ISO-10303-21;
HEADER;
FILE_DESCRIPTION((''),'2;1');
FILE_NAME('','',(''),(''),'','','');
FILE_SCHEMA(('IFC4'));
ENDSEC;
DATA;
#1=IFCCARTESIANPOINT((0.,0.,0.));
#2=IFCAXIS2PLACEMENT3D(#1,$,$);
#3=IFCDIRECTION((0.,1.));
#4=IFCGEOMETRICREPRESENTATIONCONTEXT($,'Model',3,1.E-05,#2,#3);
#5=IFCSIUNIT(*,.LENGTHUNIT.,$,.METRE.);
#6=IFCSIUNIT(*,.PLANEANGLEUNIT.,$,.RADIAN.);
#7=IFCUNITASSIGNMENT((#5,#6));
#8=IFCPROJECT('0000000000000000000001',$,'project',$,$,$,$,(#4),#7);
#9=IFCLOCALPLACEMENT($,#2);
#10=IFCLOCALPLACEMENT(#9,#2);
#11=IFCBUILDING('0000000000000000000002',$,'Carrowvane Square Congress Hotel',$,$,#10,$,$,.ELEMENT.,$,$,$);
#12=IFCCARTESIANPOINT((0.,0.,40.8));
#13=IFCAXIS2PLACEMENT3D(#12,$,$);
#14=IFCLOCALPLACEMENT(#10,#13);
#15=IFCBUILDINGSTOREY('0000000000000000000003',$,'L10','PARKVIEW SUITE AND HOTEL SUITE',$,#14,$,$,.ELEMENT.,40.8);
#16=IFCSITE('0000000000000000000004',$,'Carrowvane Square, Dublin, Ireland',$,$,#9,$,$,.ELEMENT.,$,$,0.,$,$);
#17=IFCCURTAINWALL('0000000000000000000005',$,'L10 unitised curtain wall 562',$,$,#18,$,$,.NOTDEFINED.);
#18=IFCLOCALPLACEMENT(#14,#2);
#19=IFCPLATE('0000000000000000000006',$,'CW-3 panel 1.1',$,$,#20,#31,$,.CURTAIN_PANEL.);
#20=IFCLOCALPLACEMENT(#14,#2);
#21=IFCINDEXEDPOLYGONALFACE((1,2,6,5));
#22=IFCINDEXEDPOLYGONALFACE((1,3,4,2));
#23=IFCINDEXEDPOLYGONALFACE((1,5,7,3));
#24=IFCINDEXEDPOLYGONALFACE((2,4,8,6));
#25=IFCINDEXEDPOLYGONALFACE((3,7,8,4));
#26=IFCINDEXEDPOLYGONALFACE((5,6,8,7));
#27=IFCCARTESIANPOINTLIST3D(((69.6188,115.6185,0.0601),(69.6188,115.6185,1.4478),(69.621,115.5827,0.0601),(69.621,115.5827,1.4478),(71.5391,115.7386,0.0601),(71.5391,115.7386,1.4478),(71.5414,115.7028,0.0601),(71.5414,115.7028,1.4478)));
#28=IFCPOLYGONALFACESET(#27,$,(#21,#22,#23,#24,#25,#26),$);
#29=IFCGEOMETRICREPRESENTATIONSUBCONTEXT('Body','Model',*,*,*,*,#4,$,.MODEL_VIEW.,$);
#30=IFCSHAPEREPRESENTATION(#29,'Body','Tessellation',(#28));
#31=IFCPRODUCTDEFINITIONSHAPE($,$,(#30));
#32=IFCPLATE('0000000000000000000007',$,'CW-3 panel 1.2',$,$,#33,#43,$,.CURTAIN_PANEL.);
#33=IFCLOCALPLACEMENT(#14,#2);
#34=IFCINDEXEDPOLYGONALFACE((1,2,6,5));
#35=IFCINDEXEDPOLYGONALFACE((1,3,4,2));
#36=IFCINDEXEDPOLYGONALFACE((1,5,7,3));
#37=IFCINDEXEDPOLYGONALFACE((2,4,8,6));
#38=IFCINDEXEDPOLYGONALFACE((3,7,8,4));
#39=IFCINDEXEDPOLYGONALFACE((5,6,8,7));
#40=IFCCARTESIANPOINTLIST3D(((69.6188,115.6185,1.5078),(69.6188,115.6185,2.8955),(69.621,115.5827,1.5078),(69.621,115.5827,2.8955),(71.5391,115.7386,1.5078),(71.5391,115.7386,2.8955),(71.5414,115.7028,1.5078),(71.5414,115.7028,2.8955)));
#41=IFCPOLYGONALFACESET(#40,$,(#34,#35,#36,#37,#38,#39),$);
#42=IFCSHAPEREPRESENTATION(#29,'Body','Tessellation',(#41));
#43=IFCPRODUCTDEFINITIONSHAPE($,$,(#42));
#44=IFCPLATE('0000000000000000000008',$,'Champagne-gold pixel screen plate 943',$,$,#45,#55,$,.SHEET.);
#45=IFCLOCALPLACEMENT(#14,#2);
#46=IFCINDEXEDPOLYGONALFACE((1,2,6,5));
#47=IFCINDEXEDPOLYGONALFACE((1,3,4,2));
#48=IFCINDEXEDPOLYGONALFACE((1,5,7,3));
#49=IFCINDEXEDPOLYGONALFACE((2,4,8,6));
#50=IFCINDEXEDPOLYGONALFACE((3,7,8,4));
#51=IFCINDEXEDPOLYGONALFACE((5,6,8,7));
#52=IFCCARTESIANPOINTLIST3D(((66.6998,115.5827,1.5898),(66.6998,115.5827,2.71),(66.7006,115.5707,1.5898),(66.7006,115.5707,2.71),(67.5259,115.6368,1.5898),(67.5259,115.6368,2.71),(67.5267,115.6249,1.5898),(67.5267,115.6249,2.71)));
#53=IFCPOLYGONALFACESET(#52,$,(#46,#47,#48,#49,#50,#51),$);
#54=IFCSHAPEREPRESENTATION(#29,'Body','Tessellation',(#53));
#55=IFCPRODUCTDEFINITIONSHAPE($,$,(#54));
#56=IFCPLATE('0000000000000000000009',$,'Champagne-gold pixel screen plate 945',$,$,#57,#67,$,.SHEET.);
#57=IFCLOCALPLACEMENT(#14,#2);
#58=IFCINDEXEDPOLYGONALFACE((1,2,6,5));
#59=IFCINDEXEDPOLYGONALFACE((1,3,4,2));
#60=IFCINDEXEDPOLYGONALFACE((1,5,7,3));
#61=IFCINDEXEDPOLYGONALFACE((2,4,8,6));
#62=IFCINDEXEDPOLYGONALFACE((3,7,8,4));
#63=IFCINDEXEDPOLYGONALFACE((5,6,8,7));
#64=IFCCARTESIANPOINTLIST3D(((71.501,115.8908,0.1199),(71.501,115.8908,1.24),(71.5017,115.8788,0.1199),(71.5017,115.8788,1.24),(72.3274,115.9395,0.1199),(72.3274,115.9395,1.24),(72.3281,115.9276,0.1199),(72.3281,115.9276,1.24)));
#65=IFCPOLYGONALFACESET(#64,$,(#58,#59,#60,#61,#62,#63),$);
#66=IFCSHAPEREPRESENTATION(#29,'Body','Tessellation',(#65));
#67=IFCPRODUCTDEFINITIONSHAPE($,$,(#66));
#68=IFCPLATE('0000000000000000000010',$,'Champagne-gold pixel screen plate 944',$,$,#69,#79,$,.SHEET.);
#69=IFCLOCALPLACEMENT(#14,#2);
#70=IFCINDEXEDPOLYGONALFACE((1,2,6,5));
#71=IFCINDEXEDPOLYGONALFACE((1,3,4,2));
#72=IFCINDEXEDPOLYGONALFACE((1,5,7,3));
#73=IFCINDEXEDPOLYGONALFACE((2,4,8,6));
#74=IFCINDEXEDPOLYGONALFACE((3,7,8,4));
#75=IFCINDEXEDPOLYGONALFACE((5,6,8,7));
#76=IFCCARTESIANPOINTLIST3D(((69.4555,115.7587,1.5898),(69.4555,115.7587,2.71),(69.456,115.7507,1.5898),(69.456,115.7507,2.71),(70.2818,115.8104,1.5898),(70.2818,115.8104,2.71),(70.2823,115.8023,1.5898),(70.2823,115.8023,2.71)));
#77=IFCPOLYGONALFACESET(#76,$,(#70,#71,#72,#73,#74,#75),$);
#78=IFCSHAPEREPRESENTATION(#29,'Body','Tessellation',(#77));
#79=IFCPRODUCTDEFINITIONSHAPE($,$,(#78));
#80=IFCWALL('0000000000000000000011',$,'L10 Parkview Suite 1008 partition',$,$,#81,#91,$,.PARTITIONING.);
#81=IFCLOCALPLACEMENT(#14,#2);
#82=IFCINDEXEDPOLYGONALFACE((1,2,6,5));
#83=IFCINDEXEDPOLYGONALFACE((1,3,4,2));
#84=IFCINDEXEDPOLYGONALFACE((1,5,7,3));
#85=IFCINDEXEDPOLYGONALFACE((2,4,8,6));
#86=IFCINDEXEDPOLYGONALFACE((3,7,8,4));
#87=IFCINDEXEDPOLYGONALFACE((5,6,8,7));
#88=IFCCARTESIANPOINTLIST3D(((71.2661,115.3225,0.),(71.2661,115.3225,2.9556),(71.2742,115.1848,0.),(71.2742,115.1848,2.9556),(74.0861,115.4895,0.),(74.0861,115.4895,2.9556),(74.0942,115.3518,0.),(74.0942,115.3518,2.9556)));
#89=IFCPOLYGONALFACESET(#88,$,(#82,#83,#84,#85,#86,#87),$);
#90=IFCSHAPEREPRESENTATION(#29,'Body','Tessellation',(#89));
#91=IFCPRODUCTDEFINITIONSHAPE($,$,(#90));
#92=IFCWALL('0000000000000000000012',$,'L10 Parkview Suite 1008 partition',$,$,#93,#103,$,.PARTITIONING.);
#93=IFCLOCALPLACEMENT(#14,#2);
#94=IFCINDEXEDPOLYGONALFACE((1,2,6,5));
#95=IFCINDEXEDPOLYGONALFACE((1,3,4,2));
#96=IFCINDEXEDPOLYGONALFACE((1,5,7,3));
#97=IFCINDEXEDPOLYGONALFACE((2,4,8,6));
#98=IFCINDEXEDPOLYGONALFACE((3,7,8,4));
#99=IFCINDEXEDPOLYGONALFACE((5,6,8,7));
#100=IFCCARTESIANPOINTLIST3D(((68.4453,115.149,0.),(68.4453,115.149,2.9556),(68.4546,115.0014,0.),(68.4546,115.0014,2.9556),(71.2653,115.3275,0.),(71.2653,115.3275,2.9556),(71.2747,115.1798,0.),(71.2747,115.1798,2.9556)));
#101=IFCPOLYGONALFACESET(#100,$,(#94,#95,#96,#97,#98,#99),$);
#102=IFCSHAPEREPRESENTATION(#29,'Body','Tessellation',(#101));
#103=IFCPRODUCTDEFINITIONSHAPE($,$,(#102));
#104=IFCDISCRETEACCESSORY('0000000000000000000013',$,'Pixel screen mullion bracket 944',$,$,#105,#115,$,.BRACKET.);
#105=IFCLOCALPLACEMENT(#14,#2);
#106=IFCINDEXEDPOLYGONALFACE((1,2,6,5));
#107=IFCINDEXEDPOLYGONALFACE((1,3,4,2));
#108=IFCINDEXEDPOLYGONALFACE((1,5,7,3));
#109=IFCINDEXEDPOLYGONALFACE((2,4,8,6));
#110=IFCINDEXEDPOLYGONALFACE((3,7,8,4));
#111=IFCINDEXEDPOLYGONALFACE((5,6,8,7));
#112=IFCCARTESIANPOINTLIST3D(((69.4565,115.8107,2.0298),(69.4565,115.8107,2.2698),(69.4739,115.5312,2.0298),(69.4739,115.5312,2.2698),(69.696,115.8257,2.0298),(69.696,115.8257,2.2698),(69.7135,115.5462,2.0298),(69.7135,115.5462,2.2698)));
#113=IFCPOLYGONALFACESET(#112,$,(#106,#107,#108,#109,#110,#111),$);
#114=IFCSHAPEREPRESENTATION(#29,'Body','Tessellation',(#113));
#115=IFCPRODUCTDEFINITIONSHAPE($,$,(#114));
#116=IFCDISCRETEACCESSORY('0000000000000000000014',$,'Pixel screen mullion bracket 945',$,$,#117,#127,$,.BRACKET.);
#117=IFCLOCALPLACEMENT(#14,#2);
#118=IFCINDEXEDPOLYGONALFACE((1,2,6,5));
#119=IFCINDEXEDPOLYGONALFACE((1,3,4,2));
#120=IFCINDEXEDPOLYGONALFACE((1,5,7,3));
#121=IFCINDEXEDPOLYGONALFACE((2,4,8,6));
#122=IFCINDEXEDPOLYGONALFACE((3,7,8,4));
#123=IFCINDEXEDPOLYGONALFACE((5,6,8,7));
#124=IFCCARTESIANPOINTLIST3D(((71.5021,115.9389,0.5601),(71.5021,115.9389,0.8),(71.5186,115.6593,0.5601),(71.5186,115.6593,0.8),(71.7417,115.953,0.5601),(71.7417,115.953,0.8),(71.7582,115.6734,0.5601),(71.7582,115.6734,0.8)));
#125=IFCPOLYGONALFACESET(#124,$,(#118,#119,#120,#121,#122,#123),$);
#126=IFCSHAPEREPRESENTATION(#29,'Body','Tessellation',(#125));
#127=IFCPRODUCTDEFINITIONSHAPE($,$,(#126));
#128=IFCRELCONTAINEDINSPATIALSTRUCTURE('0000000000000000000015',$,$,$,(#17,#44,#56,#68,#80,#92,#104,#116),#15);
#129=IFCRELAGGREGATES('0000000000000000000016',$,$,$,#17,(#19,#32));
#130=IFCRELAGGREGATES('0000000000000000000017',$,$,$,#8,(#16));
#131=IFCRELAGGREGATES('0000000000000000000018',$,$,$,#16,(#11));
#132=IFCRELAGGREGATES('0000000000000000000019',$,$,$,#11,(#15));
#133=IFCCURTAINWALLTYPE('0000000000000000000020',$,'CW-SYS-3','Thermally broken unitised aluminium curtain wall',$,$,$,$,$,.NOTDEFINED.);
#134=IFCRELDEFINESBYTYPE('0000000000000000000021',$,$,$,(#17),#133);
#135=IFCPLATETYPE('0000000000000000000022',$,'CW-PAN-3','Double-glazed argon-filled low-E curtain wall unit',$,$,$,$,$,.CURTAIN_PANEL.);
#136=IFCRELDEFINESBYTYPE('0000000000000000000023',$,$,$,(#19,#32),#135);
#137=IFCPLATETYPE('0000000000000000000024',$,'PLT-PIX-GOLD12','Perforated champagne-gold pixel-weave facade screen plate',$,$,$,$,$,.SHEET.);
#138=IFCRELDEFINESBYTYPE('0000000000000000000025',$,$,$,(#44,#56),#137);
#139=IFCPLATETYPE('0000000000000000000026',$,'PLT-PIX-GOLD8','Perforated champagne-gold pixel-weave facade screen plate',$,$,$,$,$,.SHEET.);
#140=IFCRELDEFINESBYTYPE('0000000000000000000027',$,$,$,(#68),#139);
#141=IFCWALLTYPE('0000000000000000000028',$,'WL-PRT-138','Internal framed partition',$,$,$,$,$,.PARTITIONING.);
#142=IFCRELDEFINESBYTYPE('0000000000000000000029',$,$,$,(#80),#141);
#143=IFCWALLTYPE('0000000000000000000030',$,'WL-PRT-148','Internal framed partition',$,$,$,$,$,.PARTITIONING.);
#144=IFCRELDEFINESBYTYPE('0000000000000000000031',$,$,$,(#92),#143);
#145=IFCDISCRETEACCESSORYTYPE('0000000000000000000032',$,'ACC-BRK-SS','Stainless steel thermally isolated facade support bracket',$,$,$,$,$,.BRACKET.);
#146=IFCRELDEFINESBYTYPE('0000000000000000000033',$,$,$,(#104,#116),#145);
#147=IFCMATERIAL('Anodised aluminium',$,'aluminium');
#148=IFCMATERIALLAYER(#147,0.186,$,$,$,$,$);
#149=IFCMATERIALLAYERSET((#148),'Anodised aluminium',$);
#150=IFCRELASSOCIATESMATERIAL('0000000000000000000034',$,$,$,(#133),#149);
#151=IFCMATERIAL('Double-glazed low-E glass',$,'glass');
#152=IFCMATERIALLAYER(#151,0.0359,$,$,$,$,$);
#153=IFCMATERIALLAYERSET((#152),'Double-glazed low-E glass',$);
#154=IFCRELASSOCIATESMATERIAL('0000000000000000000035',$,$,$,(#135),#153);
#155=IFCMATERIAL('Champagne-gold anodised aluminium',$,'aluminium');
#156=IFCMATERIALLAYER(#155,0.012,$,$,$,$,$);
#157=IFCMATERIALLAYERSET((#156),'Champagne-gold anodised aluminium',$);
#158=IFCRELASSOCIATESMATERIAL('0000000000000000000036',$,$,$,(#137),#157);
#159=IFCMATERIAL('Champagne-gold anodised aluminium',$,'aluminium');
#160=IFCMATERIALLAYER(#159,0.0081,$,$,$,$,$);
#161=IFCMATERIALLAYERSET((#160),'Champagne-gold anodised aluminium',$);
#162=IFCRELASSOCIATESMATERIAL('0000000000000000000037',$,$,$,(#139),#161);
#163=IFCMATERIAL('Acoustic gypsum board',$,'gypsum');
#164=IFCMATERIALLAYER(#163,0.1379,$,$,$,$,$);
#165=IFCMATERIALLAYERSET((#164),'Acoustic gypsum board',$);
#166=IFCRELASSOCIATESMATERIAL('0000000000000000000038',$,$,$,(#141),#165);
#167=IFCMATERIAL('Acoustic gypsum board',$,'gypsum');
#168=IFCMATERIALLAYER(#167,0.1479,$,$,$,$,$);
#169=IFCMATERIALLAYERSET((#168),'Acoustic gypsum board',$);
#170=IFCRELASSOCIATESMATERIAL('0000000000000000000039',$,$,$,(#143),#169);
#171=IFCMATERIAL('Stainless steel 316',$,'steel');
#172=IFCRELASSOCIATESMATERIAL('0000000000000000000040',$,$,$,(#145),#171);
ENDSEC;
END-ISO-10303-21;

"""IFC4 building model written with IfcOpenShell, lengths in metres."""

from ifc_helpers import new_model, si_unit, direction, frame, frame_2d, origin, origin_2d, place, context, subcontext, project, spatial, rectangle, extrude, material, layer, layer_set, type_object, element, aggregate, save


model = new_model("IFC4")

# Units and contexts
model_context = context("Model", 3, precision=1e-05, world=origin(), true_north=direction((0.0, 1.0)))
body_context = subcontext(model_context, "Body", "Model", "MODEL_VIEW")
ifc_project = project(units=[si_unit("LENGTHUNIT", "METRE"), si_unit("PLANEANGLEUNIT", "RADIAN")], contexts=[model_context])

# Site, building, storey
site_placement = place(None, origin())
site = spatial("IfcSite", under=ifc_project, at=site_placement, Name="Carrowvane Square, Dublin, Ireland", CompositionType="ELEMENT", RefElevation=0.0)
building_placement = place(site_placement, origin())
building = spatial("IfcBuilding", under=site, at=building_placement, Name="Carrowvane Square Congress Hotel", CompositionType="ELEMENT")
storey_placement = place(building_placement, frame((0.0, 0.0, 40.8)))
storey = spatial("IfcBuildingStorey", under=building, at=storey_placement, Name="L10", Description="PARKVIEW SUITE AND HOTEL SUITE", CompositionType="ELEMENT", Elevation=40.8)

# Curtain wall
ifc_material_1 = material(Name="Anodised aluminium", Category="aluminium")
ifc_layer_1 = layer(ifc_material_1, 0.186)
ifc_layer_set_1 = layer_set([ifc_layer_1], Name="Anodised aluminium")
curtain_wall_type_1 = type_object("IfcCurtainWallType", Name="CW-SYS-3", Description="Thermally broken unitised aluminium curtain wall", PredefinedType="NOTDEFINED", material=ifc_layer_set_1)
curtain_wall_1_placement = place(storey_placement, origin())
curtain_wall_1 = element("IfcCurtainWall", 1, at=curtain_wall_1_placement, inside=storey, type_object=curtain_wall_type_1, Name="L10 unitised curtain wall 562", PredefinedType="NOTDEFINED")

# Plates
ifc_material_2 = material(Name="Double-glazed low-E glass", Category="glass")
ifc_layer_2 = layer(ifc_material_2, 0.0359)
ifc_layer_set_2 = layer_set([ifc_layer_2], Name="Double-glazed low-E glass")
plate_type_1 = type_object("IfcPlateType", Name="CW-PAN-3", Description="Double-glazed argon-filled low-E curtain wall unit", PredefinedType="CURTAIN_PANEL", material=ifc_layer_set_2)
plate_1_placement = place(storey_placement, frame((70.5801, 115.6606, 0.0601), z_axis=(0.0, 0.0, 1.0), x_axis=(0.998051, 0.062397, 0.0)))
plate_1 = element("IfcPlate", 2, at=plate_1_placement, type_object=plate_type_1, Name="CW-3 panel 1.1", PredefinedType="CURTAIN_PANEL", context=body_context, shape_type="SweptSolid", body=[
    extrude(rectangle(XDim=1.9241, YDim=0.0359, at=origin_2d()), origin(), (0.0, 0.0, 1.0), 1.3877),
])
plate_2_placement = place(storey_placement, frame((70.5801, 115.6606, 1.5078), z_axis=(0.0, 0.0, 1.0), x_axis=(0.998051, 0.062397, 0.0)))
plate_2 = element("IfcPlate", 3, at=plate_2_placement, type_object=plate_type_1, Name="CW-3 panel 1.2", PredefinedType="CURTAIN_PANEL", context=body_context, shape_type="SweptSolid", body=[
    extrude(rectangle(XDim=1.9241, YDim=0.0359, at=origin_2d()), origin(), (0.0, 0.0, 1.0), 1.3877),
])
aggregate(curtain_wall_1, [plate_1, plate_2])

# Plates
ifc_material_3 = material(Name="Champagne-gold anodised aluminium", Category="aluminium")
ifc_layer_3 = layer(ifc_material_3, 0.012)
ifc_layer_set_3 = layer_set([ifc_layer_3], Name="Champagne-gold anodised aluminium")
plate_type_2 = type_object("IfcPlateType", Name="PLT-PIX-GOLD12", Description="Perforated champagne-gold pixel-weave facade screen plate", PredefinedType="SHEET", material=ifc_layer_set_3)
for number, where, z_axis, x_axis, name in (
    (4, (67.1133, 115.6038, 1.5898), (0.0, 0.0, 1.0), (0.997858, 0.065413, 0.0), "Champagne-gold pixel screen plate 943"),
    (5, (71.9146, 115.9092, 0.1199), (0.0, 0.0, 1.0), (0.998267, 0.058852, 0.0), "Champagne-gold pixel screen plate 945"),
):
    element("IfcPlate", number, at=place(storey_placement, frame(where, z_axis=z_axis, x_axis=x_axis)), inside=storey, type_object=plate_type_2, Name=name, PredefinedType="SHEET", context=body_context, shape_type="SweptSolid", body=[
        extrude(rectangle(XDim=0.8279, YDim=0.012, at=origin_2d()), origin(), (0.0, 0.0, 1.0), 1.1201),
    ])
ifc_material_4 = material(Name="Champagne-gold anodised aluminium", Category="aluminium")
ifc_layer_4 = layer(ifc_material_4, 0.0081)
ifc_layer_set_4 = layer_set([ifc_layer_4], Name="Champagne-gold anodised aluminium")
plate_type_3 = type_object("IfcPlateType", Name="PLT-PIX-GOLD8", Description="Perforated champagne-gold pixel-weave facade screen plate", PredefinedType="SHEET", material=ifc_layer_set_4)
plate_3_placement = place(storey_placement, frame((69.8689, 115.7805, 1.5898), z_axis=(0.0, 0.0, 1.0), x_axis=(0.998051, 0.062397, 0.0)))
element("IfcPlate", 6, at=plate_3_placement, inside=storey, type_object=plate_type_3, Name="Champagne-gold pixel screen plate 944", PredefinedType="SHEET", context=body_context, shape_type="SweptSolid", body=[
    extrude(rectangle(XDim=0.8279, YDim=0.0081, at=origin_2d()), origin(), (0.0, 0.0, 1.0), 1.1201),
])

# Walls
ifc_material_5 = material(Name="Acoustic gypsum board", Category="gypsum")
ifc_layer_5 = layer(ifc_material_5, 0.1379)
ifc_layer_set_5 = layer_set([ifc_layer_5], Name="Acoustic gypsum board")
wall_type_1 = type_object("IfcWallType", Name="WL-PRT-138", Description="Internal framed partition", PredefinedType="PARTITIONING", material=ifc_layer_set_5)
wall_1_placement = place(storey_placement, frame((71.27, 115.2537, 0.0), z_axis=(0.0, 0.0, 1.0), x_axis=(0.998251, 0.059112, 0.0)))
element("IfcWall", 7, at=wall_1_placement, inside=storey, type_object=wall_type_1, Name="L10 Parkview Suite 1008 partition", PredefinedType="PARTITIONING", context=body_context, shape_type="SweptSolid", body=[
    extrude(rectangle(XDim=2.825, YDim=0.1379, at=frame_2d((1.4126, 0.0))), origin(), (0.0, 0.0, 1.0), 2.9556),
])
ifc_material_6 = material(Name="Acoustic gypsum board", Category="gypsum")
ifc_layer_6 = layer(ifc_material_6, 0.1479)
ifc_layer_set_6 = layer_set([ifc_layer_6], Name="Acoustic gypsum board")
wall_type_2 = type_object("IfcWallType", Name="WL-PRT-148", Description="Internal framed partition", PredefinedType="PARTITIONING", material=ifc_layer_set_6)
wall_2_placement = place(storey_placement, frame((68.45, 115.0752, 0.0), z_axis=(0.0, 0.0, 1.0), x_axis=(0.998004, 0.063158, 0.0)))
element("IfcWall", 8, at=wall_2_placement, inside=storey, type_object=wall_type_2, Name="L10 Parkview Suite 1008 partition", PredefinedType="PARTITIONING", context=body_context, shape_type="SweptSolid", body=[
    extrude(rectangle(XDim=2.8257, YDim=0.1479, at=frame_2d((1.4128, 0.0))), origin(), (0.0, 0.0, 1.0), 2.9556),
])

# Discrete accessories
ifc_material_7 = material(Name="Stainless steel 316", Category="steel")
discrete_accessory_type = type_object("IfcDiscreteAccessoryType", Name="ACC-BRK-SS", Description="Stainless steel thermally isolated facade support bracket", PredefinedType="BRACKET", material=ifc_material_7)
for number, where, z_axis, x_axis, name in (
    (9, (69.585, 115.6785, 2.0298), (0.0, 0.0, 1.0), (0.998051, 0.062397, 0.0), "Pixel screen mullion bracket 944"),
    (10, (71.6301, 115.8062, 0.5601), (0.0, 0.0, 1.0), (0.998267, 0.058852, 0.0), "Pixel screen mullion bracket 945"),
):
    element("IfcDiscreteAccessory", number, at=place(storey_placement, frame(where, z_axis=z_axis, x_axis=x_axis)), inside=storey, type_object=discrete_accessory_type, Name=name, PredefinedType="BRACKET", context=body_context, shape_type="SweptSolid", body=[
        extrude(rectangle(XDim=0.24, YDim=0.28, at=origin_2d()), origin(), (0.0, 0.0, 1.0), 0.24),
    ])

save(model, "model.ifc")
